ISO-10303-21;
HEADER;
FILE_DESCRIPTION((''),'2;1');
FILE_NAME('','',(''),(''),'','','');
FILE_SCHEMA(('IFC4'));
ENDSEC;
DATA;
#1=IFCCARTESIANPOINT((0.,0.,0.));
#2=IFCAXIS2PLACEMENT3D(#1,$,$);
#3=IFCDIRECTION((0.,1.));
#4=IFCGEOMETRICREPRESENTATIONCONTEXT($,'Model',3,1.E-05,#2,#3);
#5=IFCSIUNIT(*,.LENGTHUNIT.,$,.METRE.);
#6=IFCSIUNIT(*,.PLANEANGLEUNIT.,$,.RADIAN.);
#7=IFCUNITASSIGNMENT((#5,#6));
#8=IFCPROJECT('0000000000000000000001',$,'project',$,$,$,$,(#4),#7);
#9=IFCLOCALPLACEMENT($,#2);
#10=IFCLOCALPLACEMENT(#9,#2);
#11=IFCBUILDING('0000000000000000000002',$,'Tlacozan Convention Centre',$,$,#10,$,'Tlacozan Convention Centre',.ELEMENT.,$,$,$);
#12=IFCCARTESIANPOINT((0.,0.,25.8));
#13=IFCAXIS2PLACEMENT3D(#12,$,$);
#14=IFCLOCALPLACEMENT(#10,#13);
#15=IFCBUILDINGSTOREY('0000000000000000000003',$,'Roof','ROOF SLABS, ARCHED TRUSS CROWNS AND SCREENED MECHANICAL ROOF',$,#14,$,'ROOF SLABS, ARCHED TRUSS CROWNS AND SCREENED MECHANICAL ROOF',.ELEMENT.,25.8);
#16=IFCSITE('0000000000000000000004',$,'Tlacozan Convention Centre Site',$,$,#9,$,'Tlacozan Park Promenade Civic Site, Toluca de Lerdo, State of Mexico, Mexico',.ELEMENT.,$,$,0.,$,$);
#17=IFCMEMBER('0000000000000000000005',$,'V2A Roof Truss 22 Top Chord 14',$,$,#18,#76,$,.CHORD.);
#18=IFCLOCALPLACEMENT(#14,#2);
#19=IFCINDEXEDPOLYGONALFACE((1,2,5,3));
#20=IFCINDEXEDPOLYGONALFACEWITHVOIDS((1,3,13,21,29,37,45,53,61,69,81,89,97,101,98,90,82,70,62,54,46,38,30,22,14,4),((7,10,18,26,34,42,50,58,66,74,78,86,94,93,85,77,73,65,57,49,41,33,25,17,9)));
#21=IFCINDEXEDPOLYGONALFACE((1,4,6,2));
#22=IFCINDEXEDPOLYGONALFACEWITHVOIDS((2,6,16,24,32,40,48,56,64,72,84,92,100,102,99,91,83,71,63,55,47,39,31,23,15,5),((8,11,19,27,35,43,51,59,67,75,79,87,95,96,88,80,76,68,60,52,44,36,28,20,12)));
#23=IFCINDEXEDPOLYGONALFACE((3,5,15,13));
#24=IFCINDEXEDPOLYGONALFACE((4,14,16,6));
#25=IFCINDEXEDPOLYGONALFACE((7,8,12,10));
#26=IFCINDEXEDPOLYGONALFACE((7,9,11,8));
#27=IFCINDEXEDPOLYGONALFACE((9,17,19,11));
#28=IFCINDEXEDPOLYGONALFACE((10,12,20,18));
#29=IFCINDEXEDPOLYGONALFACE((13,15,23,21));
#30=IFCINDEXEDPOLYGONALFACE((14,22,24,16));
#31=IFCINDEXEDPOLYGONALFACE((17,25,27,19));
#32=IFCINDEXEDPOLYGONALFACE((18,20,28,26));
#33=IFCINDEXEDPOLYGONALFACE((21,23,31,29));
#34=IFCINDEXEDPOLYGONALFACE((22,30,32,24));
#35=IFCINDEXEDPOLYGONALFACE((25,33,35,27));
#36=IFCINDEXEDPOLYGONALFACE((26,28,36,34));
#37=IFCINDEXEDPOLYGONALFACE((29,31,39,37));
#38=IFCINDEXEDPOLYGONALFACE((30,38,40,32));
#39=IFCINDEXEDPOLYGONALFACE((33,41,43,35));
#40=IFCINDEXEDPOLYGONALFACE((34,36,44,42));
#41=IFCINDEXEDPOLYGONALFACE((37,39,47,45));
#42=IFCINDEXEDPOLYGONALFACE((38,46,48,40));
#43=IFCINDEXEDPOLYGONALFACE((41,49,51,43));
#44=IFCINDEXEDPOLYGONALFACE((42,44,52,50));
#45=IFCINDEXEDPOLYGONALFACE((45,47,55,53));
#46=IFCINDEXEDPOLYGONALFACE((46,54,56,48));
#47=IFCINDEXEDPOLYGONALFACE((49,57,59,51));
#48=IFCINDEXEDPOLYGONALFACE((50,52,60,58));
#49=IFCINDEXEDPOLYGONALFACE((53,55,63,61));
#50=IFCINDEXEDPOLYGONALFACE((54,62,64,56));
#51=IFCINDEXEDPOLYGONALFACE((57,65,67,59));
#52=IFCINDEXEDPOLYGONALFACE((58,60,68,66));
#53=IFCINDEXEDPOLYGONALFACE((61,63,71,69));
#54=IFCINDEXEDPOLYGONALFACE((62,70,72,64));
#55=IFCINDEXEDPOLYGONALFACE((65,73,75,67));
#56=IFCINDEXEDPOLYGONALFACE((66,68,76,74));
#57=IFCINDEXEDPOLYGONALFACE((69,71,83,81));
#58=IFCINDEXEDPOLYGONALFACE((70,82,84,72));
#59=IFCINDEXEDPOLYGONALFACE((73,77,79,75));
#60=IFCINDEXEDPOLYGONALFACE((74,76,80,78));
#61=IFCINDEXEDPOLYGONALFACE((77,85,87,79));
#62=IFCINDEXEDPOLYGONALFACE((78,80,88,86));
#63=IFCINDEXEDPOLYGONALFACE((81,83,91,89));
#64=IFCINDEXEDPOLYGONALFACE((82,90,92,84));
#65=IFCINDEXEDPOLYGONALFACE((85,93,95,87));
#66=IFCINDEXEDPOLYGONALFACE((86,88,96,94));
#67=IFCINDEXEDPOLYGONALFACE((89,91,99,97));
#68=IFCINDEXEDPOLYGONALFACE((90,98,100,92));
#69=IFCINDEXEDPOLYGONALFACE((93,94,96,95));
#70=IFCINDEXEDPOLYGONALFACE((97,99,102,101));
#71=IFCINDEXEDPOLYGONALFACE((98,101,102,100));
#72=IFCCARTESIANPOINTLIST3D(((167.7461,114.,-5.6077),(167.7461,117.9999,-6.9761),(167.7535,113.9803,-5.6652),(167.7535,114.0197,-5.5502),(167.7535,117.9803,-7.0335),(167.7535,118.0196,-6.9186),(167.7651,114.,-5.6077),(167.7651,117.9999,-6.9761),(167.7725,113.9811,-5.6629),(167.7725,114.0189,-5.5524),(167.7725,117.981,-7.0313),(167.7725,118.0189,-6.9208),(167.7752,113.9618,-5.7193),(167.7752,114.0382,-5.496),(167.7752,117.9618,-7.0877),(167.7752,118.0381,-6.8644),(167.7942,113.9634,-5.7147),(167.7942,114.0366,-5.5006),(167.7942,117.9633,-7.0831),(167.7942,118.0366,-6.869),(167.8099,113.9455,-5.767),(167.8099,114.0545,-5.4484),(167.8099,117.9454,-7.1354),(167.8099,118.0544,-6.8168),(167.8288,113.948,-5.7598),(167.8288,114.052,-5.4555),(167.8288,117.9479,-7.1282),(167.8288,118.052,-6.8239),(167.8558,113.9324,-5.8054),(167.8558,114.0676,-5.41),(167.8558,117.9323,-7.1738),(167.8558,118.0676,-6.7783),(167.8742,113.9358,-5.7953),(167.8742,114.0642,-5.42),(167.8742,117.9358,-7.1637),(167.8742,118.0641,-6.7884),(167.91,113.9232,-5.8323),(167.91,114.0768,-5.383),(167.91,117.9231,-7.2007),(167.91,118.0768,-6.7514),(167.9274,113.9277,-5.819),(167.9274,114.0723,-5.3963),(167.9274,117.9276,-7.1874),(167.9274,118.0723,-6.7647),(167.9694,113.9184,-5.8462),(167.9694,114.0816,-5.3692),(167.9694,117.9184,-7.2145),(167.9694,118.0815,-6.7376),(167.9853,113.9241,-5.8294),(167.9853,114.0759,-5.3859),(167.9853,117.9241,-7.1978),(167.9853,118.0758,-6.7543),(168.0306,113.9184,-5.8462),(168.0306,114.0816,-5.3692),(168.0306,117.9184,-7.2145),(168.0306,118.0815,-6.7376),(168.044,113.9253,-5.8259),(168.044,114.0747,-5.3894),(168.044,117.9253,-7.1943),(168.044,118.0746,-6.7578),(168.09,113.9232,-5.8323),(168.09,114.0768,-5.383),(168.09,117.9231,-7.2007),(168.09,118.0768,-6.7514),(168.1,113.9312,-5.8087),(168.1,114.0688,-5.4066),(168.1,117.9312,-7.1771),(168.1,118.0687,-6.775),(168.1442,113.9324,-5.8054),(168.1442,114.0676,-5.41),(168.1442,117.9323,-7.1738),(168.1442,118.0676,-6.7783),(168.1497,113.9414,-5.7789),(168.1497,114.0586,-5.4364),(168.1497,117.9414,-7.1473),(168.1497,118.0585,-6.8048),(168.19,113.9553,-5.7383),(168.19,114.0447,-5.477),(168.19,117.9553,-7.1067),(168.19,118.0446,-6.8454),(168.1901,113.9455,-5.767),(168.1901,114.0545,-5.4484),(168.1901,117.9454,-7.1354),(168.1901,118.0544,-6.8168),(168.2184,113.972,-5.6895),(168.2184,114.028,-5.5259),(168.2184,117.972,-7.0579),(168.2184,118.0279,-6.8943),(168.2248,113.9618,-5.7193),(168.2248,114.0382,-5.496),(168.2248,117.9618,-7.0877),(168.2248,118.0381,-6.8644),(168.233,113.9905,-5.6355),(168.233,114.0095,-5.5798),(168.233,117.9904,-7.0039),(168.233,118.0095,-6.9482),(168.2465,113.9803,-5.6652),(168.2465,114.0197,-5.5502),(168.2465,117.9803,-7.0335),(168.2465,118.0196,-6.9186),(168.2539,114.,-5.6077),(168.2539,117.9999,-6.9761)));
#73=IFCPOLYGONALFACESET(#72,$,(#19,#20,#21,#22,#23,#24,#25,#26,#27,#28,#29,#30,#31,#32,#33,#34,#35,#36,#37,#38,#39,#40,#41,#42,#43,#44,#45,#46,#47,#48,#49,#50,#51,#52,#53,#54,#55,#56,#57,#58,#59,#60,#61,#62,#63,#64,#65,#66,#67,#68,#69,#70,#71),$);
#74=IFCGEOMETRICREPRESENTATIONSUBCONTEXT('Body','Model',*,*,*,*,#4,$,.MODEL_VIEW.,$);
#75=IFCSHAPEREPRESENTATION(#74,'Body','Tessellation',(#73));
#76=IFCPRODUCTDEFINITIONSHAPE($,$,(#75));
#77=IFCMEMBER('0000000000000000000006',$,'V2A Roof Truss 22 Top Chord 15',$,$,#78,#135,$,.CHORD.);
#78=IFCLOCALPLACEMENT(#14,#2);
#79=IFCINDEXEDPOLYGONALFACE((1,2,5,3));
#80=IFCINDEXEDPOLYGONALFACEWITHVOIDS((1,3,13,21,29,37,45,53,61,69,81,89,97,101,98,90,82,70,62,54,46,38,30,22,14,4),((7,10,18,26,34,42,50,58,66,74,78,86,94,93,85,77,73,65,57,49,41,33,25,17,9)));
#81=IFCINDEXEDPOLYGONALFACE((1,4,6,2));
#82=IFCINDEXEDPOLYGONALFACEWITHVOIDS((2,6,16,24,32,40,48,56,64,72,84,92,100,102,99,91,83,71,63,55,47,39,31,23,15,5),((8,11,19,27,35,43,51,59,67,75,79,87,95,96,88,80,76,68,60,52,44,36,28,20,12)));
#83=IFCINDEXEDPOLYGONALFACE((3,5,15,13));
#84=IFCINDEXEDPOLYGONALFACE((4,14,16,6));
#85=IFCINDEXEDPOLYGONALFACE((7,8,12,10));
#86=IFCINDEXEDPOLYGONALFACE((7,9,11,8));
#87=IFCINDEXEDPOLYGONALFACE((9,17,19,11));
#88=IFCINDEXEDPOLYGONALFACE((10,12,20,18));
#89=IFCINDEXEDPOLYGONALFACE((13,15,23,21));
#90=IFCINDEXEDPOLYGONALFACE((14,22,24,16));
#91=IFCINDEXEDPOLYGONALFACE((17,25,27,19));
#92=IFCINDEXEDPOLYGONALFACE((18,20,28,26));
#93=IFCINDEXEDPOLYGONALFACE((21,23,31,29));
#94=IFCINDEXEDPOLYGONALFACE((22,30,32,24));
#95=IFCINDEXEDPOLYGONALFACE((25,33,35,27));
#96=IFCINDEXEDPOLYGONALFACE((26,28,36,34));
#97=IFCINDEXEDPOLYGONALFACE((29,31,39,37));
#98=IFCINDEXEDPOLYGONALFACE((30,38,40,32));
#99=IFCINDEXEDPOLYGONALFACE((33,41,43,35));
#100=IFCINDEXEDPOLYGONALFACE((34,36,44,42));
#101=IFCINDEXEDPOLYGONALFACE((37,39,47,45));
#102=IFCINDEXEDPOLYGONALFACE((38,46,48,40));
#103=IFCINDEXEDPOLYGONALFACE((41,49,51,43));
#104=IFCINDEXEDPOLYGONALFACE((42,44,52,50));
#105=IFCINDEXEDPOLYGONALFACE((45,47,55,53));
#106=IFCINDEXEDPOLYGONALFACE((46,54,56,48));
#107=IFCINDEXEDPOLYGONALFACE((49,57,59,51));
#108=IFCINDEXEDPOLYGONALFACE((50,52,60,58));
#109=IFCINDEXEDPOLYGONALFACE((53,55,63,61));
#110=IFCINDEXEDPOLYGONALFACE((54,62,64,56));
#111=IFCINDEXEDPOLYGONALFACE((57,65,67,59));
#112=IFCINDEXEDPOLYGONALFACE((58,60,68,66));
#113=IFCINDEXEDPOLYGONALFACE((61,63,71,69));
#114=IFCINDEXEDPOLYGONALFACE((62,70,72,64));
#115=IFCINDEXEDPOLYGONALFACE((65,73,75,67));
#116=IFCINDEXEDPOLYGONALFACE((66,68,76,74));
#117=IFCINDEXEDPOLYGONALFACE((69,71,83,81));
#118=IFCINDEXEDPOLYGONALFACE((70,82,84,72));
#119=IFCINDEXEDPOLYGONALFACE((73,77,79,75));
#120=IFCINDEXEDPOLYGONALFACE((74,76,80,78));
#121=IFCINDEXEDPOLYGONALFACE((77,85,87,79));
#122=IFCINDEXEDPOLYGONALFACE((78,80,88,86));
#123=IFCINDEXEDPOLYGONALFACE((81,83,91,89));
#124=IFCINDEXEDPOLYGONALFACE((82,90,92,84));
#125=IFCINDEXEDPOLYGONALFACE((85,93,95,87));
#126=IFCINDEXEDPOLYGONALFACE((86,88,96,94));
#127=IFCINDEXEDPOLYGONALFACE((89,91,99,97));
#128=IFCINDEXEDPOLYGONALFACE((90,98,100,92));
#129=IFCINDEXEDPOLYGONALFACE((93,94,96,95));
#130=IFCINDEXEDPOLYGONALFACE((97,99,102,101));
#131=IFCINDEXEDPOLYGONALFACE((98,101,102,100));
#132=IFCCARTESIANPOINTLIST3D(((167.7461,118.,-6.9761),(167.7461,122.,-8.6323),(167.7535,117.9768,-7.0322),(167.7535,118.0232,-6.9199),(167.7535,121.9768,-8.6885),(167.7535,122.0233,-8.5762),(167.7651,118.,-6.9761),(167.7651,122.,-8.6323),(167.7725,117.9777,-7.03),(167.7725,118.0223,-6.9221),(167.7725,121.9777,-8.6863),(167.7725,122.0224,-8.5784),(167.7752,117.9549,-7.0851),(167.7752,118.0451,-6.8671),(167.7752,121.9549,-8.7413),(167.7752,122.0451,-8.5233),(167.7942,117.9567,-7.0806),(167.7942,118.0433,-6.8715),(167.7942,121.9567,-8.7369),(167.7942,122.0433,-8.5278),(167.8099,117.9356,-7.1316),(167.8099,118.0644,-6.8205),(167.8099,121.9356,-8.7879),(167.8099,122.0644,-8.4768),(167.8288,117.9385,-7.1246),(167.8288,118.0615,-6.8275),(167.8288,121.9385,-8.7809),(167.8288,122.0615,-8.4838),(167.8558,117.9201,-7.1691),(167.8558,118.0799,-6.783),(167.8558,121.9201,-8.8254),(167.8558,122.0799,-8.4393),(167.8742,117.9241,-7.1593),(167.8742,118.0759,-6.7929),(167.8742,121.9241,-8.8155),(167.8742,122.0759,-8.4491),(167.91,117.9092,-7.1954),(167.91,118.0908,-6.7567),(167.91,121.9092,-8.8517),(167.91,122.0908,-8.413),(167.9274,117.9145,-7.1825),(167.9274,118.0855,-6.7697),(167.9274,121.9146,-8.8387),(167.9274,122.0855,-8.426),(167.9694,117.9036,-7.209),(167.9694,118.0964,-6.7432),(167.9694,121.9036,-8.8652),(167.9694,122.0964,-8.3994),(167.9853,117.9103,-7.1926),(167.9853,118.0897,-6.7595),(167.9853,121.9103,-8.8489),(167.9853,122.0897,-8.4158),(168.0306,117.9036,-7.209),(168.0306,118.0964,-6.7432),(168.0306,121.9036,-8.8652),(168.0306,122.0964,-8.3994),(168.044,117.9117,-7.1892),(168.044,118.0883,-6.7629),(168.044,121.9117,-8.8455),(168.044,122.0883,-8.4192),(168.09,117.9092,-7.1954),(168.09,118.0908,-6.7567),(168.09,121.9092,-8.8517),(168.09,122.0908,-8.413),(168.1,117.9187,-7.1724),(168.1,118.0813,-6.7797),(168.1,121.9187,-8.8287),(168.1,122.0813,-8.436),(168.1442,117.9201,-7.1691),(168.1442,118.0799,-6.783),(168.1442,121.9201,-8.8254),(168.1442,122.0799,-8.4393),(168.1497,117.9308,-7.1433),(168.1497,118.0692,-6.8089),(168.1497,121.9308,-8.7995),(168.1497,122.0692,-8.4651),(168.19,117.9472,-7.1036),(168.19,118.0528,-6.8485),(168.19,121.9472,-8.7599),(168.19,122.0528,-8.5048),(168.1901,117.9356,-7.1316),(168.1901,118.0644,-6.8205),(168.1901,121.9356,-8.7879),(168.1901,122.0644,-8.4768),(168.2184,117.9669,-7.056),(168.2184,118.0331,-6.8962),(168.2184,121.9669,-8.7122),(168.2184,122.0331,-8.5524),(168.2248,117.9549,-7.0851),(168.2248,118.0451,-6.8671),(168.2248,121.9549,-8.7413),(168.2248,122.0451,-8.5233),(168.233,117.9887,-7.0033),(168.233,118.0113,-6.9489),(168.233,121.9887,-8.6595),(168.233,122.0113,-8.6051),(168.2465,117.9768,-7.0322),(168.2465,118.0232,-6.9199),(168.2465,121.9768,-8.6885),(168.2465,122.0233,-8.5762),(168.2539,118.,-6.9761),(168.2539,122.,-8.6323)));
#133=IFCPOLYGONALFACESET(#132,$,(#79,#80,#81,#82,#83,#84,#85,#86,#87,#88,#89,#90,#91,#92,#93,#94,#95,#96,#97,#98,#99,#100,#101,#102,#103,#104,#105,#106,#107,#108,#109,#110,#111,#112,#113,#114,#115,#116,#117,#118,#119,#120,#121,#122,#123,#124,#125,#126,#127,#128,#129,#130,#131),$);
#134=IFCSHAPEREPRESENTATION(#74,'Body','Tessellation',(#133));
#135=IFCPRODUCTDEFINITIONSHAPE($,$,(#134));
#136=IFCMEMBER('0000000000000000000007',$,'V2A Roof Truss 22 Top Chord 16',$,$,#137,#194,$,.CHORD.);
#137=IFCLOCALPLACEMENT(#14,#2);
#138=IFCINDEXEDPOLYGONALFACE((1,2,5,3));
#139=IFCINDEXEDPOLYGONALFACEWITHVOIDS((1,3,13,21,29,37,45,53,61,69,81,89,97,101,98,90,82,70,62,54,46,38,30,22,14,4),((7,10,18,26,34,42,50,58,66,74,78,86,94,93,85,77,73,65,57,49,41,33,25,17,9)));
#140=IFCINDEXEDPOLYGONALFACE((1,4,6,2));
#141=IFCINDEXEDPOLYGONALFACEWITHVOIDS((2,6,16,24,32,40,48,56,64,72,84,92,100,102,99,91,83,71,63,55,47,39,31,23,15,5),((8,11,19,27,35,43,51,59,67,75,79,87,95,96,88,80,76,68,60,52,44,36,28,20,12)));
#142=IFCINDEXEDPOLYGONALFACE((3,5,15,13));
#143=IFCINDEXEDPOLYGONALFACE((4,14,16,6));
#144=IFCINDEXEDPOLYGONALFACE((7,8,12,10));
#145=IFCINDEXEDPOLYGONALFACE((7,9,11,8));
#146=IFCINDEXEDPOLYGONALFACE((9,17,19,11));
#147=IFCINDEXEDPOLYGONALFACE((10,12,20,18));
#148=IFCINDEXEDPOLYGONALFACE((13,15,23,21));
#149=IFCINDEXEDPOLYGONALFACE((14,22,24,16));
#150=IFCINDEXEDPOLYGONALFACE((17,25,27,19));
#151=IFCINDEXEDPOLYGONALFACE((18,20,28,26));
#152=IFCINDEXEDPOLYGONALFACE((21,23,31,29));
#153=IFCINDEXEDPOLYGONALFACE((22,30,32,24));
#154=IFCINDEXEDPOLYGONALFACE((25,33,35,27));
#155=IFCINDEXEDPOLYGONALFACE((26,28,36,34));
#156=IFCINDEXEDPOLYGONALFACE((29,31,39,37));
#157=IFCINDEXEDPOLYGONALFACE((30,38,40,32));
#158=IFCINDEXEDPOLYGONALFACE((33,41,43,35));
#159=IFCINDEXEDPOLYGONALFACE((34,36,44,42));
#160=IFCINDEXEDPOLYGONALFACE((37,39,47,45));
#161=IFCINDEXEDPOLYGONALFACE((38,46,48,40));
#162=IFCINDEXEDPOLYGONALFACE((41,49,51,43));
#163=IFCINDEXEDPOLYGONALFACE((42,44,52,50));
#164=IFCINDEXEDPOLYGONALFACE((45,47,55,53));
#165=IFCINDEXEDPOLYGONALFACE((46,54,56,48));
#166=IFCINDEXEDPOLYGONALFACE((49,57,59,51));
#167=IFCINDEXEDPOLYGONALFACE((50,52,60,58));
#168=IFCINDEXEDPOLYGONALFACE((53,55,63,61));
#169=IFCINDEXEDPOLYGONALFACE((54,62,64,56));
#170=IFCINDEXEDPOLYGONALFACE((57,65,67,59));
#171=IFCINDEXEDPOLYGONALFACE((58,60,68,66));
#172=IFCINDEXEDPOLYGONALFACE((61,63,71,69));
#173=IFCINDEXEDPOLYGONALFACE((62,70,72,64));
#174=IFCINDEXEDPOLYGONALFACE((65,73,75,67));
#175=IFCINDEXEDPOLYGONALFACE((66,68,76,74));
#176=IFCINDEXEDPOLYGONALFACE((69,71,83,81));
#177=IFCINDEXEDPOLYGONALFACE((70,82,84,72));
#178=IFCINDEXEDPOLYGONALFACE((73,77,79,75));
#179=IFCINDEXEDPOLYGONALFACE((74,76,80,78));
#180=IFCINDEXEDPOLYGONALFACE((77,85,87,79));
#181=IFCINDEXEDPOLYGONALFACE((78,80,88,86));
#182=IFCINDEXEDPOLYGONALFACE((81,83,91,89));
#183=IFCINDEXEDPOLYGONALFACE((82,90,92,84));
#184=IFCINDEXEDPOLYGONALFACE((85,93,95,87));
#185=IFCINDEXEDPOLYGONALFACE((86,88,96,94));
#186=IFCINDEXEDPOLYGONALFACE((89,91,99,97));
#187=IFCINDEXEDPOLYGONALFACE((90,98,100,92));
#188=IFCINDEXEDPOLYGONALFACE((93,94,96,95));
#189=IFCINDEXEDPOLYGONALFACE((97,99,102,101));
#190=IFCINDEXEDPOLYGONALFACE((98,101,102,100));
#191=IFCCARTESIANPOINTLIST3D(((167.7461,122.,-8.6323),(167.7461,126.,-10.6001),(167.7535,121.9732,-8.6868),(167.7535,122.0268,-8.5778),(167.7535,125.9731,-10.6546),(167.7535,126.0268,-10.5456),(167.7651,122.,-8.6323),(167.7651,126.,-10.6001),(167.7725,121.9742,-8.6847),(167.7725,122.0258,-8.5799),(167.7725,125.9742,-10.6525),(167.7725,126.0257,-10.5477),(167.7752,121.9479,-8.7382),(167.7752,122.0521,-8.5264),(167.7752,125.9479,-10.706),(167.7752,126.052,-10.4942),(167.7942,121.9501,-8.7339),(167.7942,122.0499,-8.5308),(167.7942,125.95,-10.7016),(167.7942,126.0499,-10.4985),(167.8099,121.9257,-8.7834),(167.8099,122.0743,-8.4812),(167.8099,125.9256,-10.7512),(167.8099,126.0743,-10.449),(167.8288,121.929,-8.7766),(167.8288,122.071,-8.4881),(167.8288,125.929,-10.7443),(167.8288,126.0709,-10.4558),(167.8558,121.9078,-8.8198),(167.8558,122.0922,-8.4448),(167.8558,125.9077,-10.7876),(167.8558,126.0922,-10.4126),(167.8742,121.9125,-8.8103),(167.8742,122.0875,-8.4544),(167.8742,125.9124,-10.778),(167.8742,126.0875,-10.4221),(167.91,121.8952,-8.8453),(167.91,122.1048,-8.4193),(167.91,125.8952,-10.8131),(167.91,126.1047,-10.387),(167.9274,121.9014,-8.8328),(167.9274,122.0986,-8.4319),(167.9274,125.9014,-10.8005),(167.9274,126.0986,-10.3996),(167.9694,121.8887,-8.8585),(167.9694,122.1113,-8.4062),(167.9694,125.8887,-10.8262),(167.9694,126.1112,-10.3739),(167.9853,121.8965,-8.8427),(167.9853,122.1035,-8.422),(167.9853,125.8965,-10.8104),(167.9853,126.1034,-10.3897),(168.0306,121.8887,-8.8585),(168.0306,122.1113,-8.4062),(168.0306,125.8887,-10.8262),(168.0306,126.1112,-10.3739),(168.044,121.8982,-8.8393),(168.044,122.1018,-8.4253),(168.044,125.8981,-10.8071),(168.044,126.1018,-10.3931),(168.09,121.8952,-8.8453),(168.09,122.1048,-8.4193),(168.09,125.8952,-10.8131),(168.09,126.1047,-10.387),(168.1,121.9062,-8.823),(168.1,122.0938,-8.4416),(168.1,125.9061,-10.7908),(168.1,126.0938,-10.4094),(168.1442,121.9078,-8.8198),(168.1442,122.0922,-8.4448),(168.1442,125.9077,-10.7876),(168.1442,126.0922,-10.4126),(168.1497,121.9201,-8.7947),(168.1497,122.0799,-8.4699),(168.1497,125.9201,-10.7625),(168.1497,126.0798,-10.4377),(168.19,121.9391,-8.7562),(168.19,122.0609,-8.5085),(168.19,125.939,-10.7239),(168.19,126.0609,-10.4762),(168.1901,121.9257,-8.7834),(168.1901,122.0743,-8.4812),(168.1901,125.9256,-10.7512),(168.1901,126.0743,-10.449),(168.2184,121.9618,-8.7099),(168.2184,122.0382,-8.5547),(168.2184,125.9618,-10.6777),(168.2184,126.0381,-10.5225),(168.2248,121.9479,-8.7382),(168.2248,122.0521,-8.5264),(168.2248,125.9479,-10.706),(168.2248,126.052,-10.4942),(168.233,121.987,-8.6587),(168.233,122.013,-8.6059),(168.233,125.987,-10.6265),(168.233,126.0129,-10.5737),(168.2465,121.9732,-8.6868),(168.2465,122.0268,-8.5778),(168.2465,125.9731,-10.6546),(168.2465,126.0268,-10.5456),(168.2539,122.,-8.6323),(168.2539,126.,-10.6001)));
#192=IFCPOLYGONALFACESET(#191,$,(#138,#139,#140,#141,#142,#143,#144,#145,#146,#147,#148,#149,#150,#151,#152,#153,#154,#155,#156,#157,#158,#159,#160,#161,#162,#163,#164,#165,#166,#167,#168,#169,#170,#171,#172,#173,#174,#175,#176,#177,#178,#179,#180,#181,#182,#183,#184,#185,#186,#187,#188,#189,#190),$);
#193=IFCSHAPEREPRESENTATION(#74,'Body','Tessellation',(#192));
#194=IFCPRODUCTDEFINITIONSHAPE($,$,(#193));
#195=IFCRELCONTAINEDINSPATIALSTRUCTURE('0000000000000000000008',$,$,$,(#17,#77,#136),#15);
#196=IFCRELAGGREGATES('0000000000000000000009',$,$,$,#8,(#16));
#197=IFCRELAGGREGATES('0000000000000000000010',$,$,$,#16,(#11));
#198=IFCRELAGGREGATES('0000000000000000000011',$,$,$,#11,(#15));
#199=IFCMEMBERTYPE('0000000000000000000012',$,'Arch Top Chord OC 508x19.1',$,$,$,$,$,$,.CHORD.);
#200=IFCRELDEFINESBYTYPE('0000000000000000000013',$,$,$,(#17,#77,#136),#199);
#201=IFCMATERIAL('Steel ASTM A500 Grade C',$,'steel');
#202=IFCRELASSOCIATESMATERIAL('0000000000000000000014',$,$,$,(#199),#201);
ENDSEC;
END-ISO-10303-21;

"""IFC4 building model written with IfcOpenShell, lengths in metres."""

from ifc_helpers import new_model, si_unit, direction, frame, origin, origin_2d, place, context, subcontext, project, spatial, hollow_circle, extrude, material, material_profile, profile_set, type_object, element, save


model = new_model("IFC4")

# Units and contexts
model_context = context("Model", 3, precision=1e-05, world=origin(), true_north=direction((0.0, 1.0)))
body_context = subcontext(model_context, "Body", "Model", "MODEL_VIEW")
ifc_project = project(units=[si_unit("LENGTHUNIT", "METRE"), si_unit("PLANEANGLEUNIT", "RADIAN")], contexts=[model_context])

# Site, building, storey
site_placement = place(None, origin())
site = spatial("IfcSite", under=ifc_project, at=site_placement, Name="Tlacozan Convention Centre Site", LongName="Tlacozan Park Promenade Civic Site, Toluca de Lerdo, State of Mexico, Mexico", CompositionType="ELEMENT", RefElevation=0.0)
building_placement = place(site_placement, origin())
building = spatial("IfcBuilding", under=site, at=building_placement, Name="Tlacozan Convention Centre", LongName="Tlacozan Convention Centre", CompositionType="ELEMENT")
storey_placement = place(building_placement, frame((0.0, 0.0, 25.8)))
storey = spatial("IfcBuildingStorey", under=building, at=storey_placement, Name="Roof", Description="ROOF SLABS, ARCHED TRUSS CROWNS AND SCREENED MECHANICAL ROOF", LongName="ROOF SLABS, ARCHED TRUSS CROWNS AND SCREENED MECHANICAL ROOF", CompositionType="ELEMENT", Elevation=25.8)

# Members
ifc_material_1 = material(Name="Steel ASTM A500 Grade C", Category="steel")
ifc_material_profile_1 = material_profile(ifc_material_1, hollow_circle(Radius=0.2539, WallThickness=0.019, at=origin_2d()), Name="OC 508.0x19.1")
ifc_profile_set_1 = profile_set([ifc_material_profile_1], Name="Steel ASTM A500 Grade C")
member_type_1 = type_object("IfcMemberType", Name="Arch Top Chord OC 508x19.1", PredefinedType="CHORD", material=ifc_profile_set_1)
member_1_placement = place(storey_placement, frame((168.0, 114.0, -5.6077), z_axis=(0.0, 0.946165, -0.323685), x_axis=(-1.0, 0.0, 0.0)))
element("IfcMember", 1, at=member_1_placement, inside=storey, type_object=member_type_1, Name="V2A Roof Truss 22 Top Chord 14", PredefinedType="CHORD", context=body_context, shape_type="SweptSolid", body=[
    extrude(hollow_circle(Radius=0.2539, WallThickness=0.019, at=origin_2d()), origin(), (0.0, 0.0, 1.0), 4.2275),
])
member_2_placement = place(storey_placement, frame((168.0, 118.0, -6.9761), z_axis=(0.0, 0.923929, -0.382564), x_axis=(-1.0, 0.0, 0.0)))
element("IfcMember", 2, at=member_2_placement, inside=storey, type_object=member_type_1, Name="V2A Roof Truss 22 Top Chord 15", PredefinedType="CHORD", context=body_context, shape_type="SweptSolid", body=[
    extrude(hollow_circle(Radius=0.2539, WallThickness=0.019, at=origin_2d()), origin(), (0.0, 0.0, 1.0), 4.3293),
])
member_3_placement = place(storey_placement, frame((168.0, 122.0, -8.6323), z_axis=(0.0, 0.8973, -0.441421), x_axis=(-1.0, 0.0, 0.0)))
element("IfcMember", 3, at=member_3_placement, inside=storey, type_object=member_type_1, Name="V2A Roof Truss 22 Top Chord 16", PredefinedType="CHORD", context=body_context, shape_type="SweptSolid", body=[
    extrude(hollow_circle(Radius=0.2539, WallThickness=0.019, at=origin_2d()), origin(), (0.0, 0.0, 1.0), 4.4578),
])

save(model, "model.ifc")
